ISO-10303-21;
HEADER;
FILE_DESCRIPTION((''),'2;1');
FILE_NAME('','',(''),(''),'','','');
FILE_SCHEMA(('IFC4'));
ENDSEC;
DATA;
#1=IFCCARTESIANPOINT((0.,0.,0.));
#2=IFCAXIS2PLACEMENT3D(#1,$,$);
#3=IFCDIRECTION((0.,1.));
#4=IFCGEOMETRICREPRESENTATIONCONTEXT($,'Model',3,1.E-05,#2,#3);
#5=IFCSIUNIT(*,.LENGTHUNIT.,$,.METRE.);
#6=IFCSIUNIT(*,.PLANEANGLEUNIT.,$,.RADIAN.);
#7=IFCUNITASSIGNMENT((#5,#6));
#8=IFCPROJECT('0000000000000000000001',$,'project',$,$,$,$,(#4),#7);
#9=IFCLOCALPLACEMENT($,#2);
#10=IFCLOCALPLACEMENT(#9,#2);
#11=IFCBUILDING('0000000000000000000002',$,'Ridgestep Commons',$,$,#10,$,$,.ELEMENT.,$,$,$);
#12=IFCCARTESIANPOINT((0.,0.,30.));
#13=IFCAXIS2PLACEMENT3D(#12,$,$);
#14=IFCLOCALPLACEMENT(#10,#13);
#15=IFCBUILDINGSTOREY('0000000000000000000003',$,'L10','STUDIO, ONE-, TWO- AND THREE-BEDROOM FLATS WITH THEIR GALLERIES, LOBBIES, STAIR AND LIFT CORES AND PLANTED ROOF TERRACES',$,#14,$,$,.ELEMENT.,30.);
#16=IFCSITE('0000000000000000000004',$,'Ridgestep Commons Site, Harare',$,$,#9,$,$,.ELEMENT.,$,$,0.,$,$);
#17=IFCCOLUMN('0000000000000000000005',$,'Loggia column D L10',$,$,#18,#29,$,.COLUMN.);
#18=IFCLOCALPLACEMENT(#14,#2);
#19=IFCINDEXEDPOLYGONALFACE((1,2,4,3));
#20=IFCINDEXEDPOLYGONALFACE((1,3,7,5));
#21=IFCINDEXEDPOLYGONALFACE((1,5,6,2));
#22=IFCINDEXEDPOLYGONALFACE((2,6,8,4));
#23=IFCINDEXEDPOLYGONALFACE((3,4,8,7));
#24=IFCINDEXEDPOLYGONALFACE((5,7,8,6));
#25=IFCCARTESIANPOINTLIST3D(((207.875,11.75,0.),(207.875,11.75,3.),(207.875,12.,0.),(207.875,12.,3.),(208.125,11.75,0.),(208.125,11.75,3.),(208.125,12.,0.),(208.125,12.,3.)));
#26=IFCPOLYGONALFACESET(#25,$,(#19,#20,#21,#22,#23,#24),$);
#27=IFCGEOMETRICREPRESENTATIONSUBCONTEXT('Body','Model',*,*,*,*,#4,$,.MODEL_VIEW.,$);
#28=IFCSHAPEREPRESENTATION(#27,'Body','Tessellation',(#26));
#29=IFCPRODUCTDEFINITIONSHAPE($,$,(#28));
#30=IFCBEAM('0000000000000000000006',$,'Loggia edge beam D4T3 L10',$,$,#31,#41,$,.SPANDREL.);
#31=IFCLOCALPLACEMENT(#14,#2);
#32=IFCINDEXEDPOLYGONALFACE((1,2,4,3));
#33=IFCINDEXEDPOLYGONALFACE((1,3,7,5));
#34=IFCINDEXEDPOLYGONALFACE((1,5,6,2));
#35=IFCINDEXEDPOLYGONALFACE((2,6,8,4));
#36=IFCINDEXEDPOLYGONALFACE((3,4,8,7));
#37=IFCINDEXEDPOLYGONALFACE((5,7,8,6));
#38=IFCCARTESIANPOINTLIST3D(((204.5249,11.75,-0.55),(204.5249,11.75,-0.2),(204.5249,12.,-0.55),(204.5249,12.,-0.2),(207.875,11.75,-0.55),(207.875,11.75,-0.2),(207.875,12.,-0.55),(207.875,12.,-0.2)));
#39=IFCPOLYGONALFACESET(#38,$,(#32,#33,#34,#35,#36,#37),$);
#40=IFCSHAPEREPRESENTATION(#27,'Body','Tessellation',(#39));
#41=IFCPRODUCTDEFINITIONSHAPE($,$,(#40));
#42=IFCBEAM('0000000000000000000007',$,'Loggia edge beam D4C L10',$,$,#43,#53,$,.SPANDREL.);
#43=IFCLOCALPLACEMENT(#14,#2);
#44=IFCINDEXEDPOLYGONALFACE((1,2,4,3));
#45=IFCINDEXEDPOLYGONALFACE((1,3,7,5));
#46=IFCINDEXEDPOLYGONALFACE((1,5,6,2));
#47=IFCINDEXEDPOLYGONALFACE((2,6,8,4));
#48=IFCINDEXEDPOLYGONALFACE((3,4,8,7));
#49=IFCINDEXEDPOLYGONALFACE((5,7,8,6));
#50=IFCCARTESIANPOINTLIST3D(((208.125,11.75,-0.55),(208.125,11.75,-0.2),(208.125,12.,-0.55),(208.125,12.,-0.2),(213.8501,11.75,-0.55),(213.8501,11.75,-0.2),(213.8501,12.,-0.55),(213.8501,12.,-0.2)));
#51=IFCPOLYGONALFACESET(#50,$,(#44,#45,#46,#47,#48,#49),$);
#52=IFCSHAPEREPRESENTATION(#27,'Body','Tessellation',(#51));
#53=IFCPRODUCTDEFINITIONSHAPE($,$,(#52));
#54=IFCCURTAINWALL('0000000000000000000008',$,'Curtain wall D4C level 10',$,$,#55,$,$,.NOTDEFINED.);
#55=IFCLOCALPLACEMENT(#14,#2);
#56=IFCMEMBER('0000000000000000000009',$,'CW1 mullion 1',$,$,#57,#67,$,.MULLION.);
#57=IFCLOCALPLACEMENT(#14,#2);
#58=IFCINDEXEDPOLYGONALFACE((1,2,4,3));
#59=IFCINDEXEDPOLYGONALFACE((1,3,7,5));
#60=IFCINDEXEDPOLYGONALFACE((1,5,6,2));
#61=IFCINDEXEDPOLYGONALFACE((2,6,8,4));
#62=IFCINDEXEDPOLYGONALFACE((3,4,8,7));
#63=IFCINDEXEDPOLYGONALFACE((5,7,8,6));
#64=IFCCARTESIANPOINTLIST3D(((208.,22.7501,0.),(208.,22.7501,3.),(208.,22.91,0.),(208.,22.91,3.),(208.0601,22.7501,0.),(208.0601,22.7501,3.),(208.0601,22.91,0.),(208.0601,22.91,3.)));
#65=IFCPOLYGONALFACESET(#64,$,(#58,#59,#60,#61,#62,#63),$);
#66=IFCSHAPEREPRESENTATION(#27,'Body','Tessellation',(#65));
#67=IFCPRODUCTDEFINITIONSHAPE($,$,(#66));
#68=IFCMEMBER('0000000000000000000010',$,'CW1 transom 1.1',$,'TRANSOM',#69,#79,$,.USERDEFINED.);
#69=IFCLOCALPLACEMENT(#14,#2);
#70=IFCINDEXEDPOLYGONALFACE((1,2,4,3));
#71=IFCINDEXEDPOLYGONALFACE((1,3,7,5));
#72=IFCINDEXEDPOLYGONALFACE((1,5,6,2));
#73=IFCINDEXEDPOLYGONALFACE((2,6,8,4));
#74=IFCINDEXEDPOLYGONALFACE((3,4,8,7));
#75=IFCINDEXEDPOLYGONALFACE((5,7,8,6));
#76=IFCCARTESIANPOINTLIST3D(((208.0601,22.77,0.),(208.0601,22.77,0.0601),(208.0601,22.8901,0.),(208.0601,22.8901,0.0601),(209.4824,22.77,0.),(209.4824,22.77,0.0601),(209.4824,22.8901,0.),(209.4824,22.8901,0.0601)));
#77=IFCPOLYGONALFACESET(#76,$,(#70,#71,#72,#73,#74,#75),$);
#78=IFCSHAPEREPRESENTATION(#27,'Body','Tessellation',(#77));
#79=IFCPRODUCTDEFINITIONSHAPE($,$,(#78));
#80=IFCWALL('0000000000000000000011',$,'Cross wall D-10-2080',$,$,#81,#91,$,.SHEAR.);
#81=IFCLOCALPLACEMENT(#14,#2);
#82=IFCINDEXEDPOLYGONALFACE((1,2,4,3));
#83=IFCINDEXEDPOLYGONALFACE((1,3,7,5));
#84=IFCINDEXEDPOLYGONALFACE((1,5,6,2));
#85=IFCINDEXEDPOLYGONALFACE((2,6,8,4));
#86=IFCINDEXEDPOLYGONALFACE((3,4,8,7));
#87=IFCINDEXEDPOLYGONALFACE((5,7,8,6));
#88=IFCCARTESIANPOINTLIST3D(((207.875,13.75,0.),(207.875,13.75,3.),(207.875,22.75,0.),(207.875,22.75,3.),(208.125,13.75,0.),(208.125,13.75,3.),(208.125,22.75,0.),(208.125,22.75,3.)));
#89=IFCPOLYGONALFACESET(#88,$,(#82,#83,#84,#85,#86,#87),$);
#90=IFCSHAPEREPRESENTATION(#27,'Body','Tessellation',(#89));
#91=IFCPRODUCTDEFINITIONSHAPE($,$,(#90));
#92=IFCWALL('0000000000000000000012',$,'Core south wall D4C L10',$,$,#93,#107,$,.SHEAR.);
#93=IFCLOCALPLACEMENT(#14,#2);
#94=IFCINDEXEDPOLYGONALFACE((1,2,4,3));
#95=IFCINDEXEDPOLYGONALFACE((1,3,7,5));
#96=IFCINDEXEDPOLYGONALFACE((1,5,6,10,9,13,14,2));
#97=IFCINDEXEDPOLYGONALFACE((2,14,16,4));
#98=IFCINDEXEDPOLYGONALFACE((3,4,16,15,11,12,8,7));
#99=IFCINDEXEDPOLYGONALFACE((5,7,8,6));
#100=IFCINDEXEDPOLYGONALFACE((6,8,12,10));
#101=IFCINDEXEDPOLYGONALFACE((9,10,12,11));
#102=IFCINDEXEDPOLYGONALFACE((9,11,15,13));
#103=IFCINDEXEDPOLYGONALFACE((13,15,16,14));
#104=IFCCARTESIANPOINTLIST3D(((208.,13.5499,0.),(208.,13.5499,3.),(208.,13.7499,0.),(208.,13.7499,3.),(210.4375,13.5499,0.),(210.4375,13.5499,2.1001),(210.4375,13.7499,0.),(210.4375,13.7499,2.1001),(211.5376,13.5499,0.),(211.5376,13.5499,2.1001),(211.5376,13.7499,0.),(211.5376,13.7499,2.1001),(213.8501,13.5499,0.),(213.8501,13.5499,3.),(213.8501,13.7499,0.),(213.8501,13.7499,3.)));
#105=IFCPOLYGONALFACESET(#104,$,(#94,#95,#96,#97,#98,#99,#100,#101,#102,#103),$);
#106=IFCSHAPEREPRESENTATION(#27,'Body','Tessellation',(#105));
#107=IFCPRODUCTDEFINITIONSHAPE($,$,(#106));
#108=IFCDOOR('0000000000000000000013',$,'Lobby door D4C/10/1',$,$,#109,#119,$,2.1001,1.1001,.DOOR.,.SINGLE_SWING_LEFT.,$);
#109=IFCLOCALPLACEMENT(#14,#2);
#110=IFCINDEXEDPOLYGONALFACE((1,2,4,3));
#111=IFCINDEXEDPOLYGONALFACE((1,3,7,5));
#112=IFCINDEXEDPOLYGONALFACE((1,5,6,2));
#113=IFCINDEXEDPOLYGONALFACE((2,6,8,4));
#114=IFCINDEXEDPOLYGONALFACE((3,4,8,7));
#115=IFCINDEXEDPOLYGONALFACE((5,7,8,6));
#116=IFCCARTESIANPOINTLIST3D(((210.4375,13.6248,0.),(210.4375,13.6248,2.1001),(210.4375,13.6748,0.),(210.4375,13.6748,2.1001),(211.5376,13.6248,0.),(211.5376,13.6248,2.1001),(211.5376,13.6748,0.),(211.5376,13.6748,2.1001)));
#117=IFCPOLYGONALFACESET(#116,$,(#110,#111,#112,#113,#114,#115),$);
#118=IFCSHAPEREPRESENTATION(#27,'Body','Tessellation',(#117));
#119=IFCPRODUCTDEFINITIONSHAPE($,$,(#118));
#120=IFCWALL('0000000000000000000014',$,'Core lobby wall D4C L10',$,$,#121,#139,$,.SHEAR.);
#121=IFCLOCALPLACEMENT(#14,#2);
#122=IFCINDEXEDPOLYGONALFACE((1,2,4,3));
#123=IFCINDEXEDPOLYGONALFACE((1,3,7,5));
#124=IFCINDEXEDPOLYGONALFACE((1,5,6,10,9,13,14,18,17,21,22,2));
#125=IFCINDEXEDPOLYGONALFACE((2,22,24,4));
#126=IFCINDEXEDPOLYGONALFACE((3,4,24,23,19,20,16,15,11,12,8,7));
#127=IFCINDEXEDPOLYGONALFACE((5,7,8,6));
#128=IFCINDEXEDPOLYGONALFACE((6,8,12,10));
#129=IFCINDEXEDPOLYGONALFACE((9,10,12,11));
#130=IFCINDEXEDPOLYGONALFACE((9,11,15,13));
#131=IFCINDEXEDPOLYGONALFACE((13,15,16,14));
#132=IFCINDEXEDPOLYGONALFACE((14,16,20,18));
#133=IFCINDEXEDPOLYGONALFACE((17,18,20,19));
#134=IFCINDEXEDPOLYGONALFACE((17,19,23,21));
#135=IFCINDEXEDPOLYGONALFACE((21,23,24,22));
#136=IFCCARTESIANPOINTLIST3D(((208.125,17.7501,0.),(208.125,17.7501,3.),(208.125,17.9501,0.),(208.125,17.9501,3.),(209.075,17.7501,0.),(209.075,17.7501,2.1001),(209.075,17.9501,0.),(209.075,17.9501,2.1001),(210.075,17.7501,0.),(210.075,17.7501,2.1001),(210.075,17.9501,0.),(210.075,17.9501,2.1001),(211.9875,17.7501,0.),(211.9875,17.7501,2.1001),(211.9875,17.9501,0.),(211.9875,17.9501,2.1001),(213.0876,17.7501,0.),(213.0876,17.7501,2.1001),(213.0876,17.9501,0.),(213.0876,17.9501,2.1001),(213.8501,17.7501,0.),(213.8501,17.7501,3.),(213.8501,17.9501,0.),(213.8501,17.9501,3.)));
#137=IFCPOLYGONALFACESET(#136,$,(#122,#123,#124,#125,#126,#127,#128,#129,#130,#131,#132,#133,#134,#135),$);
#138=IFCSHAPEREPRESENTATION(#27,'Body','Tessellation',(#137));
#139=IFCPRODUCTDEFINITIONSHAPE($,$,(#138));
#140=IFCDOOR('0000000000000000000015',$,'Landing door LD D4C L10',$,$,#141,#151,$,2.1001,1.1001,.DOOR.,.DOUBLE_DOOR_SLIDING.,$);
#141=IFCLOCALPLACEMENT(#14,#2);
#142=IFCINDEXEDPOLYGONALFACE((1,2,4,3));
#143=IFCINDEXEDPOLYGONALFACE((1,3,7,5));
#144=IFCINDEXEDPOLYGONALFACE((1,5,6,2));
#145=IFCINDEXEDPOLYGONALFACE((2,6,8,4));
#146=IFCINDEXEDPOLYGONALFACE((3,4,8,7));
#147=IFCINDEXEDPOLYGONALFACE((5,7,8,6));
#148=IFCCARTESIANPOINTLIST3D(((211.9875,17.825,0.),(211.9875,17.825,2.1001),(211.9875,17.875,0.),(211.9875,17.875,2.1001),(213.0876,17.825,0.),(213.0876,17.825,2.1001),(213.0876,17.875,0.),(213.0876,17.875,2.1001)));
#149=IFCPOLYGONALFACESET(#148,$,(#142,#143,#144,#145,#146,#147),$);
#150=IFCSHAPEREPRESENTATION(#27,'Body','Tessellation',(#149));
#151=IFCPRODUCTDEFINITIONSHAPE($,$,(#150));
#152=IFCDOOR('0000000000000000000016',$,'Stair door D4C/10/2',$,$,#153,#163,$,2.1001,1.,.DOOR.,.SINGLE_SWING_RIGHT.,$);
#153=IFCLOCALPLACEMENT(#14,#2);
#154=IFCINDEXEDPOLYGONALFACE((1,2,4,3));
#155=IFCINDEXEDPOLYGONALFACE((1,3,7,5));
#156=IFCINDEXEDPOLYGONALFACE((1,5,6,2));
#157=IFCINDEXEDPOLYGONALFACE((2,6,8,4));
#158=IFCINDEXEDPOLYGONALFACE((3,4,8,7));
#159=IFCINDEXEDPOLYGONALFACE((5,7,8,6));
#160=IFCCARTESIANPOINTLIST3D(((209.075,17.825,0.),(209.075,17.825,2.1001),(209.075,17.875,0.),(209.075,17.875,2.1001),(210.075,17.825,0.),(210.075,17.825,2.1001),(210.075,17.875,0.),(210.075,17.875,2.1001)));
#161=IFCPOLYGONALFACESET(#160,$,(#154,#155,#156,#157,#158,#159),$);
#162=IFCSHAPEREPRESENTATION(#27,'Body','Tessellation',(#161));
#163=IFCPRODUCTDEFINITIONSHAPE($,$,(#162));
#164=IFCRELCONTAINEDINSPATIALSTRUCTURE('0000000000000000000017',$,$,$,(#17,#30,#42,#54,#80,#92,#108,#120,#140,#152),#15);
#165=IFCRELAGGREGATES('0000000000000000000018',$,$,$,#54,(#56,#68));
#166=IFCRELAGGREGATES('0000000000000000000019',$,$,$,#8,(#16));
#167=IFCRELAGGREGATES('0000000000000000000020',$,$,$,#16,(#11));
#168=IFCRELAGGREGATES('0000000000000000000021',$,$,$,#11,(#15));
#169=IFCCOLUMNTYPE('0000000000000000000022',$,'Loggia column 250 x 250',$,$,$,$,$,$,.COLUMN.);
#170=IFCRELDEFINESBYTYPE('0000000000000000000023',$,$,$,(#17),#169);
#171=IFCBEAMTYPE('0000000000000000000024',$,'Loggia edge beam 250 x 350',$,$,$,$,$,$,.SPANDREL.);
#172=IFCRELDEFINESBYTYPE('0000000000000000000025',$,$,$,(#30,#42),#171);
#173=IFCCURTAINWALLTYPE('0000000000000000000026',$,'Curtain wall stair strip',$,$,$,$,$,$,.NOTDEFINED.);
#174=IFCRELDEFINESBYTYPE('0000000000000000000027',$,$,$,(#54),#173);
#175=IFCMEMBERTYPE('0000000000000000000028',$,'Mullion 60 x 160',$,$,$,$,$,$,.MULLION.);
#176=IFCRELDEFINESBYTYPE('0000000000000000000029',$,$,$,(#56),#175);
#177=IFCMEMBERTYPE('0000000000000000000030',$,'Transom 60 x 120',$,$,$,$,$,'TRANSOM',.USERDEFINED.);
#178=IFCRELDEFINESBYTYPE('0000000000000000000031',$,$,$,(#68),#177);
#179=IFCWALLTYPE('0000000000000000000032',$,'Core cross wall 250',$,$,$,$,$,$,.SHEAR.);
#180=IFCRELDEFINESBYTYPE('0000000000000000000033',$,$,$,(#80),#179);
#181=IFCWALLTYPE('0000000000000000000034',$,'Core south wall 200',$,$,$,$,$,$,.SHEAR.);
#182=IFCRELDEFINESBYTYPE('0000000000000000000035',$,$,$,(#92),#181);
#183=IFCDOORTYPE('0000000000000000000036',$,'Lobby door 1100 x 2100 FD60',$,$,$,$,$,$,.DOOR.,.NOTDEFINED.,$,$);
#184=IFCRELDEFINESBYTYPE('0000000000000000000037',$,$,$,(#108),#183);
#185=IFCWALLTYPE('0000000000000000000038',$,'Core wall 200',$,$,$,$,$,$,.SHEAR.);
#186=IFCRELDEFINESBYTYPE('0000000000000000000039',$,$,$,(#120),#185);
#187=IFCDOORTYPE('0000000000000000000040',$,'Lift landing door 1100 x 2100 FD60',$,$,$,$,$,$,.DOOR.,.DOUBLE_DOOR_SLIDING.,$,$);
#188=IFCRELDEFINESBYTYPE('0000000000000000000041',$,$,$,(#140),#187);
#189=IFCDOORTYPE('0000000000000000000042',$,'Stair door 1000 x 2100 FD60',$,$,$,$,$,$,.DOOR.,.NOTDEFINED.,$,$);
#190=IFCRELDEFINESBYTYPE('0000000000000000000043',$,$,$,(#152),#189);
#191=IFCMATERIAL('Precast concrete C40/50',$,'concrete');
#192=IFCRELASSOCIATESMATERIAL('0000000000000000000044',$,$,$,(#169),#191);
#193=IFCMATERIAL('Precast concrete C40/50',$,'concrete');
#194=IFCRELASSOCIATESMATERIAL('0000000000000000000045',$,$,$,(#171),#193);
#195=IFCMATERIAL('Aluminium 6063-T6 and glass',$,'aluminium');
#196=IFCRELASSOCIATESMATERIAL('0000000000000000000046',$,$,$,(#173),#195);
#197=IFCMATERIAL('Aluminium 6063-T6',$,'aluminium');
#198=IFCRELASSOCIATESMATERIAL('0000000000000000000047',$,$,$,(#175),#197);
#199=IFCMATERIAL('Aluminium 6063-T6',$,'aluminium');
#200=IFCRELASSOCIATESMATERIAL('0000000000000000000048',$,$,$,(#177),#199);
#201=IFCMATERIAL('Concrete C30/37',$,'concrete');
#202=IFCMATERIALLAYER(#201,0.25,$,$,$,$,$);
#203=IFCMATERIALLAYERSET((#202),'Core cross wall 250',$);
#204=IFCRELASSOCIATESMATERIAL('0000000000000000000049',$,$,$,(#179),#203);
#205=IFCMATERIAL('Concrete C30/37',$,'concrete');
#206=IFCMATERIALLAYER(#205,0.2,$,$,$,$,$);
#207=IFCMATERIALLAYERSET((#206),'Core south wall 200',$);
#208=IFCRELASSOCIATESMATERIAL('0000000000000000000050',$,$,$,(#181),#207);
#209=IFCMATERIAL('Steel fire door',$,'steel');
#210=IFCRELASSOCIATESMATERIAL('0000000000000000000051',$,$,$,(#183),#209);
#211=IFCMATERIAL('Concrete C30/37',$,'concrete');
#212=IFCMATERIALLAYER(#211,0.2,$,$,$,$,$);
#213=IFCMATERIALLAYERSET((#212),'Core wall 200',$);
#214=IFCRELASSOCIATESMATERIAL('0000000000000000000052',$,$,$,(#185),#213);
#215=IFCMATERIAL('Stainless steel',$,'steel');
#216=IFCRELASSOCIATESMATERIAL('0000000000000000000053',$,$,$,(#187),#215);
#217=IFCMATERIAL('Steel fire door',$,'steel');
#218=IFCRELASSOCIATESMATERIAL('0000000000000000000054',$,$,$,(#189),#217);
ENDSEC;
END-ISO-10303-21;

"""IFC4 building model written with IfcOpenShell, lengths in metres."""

from ifc_helpers import new_model, si_unit, direction, frame, frame_2d, origin, origin_2d, place, context, subcontext, project, spatial, rectangle, extrude, material, layer, layer_set, material_profile, profile_set, type_object, element, fill, aggregate, save


model = new_model("IFC4")

# Units and contexts
model_context = context("Model", 3, precision=1e-05, world=origin(), true_north=direction((0.0, 1.0)))
body_context = subcontext(model_context, "Body", "Model", "MODEL_VIEW")
ifc_project = project(units=[si_unit("LENGTHUNIT", "METRE"), si_unit("PLANEANGLEUNIT", "RADIAN")], contexts=[model_context])

# Site, building, storey
site_placement = place(None, origin())
site = spatial("IfcSite", under=ifc_project, at=site_placement, Name="Ridgestep Commons Site, Harare", CompositionType="ELEMENT", RefElevation=0.0)
building_placement = place(site_placement, origin())
building = spatial("IfcBuilding", under=site, at=building_placement, Name="Ridgestep Commons", CompositionType="ELEMENT")
storey_placement = place(building_placement, frame((0.0, 0.0, 30.0)))
storey = spatial("IfcBuildingStorey", under=building, at=storey_placement, Name="L10", Description="STUDIO, ONE-, TWO- AND THREE-BEDROOM FLATS WITH THEIR GALLERIES, LOBBIES, STAIR AND LIFT CORES AND PLANTED ROOF TERRACES", CompositionType="ELEMENT", Elevation=30.0)

# Column
ifc_material_1 = material(Name="Precast concrete C40/50", Category="concrete")
ifc_material_profile_1 = material_profile(ifc_material_1, rectangle(XDim=0.25, YDim=0.25, at=origin_2d()), Name="PC 250x250")
ifc_profile_set_1 = profile_set([ifc_material_profile_1], Name="Precast concrete C40/50")
column_type = type_object("IfcColumnType", Name="Loggia column 250 x 250", PredefinedType="COLUMN", material=ifc_profile_set_1)
column_placement = place(storey_placement, frame((208.0, 11.875, 0.0), z_axis=(0.0, 0.0, 1.0), x_axis=(1.0, 0.0, 0.0)))
element("IfcColumn", 1, at=column_placement, inside=storey, type_object=column_type, Name="Loggia column D L10", PredefinedType="COLUMN", context=body_context, shape_type="SweptSolid", body=[
    extrude(rectangle(XDim=0.25, YDim=0.25, at=origin_2d()), origin(), (0.0, 0.0, 1.0), 3.0),
])

# Beams
ifc_material_2 = material(Name="Precast concrete C40/50", Category="concrete")
ifc_material_profile_2 = material_profile(ifc_material_2, rectangle(XDim=0.25, YDim=0.3501, at=origin_2d()), Name="PC 250x350")
ifc_profile_set_2 = profile_set([ifc_material_profile_2], Name="Precast concrete C40/50")
beam_type = type_object("IfcBeamType", Name="Loggia edge beam 250 x 350", PredefinedType="SPANDREL", material=ifc_profile_set_2)
beam_1_placement = place(storey_placement, frame((204.5249, 11.875, -0.375), z_axis=(1.0, 0.0, 0.0), x_axis=(0.0, 1.0, 0.0)))
element("IfcBeam", 2, at=beam_1_placement, inside=storey, type_object=beam_type, Name="Loggia edge beam D4T3 L10", PredefinedType="SPANDREL", context=body_context, shape_type="SweptSolid", body=[
    extrude(rectangle(XDim=0.25, YDim=0.3501, at=origin_2d()), origin(), (0.0, 0.0, 1.0), 3.3501),
])
beam_2_placement = place(storey_placement, frame((208.125, 11.875, -0.375), z_axis=(1.0, 0.0, 0.0), x_axis=(0.0, 1.0, 0.0)))
element("IfcBeam", 3, at=beam_2_placement, inside=storey, type_object=beam_type, Name="Loggia edge beam D4C L10", PredefinedType="SPANDREL", context=body_context, shape_type="SweptSolid", body=[
    extrude(rectangle(XDim=0.25, YDim=0.3501, at=origin_2d()), origin(), (0.0, 0.0, 1.0), 5.7251),
])

# Curtain wall, members
ifc_material_3 = material(Name="Aluminium 6063-T6 and glass", Category="aluminium")
curtain_wall_type = type_object("IfcCurtainWallType", Name="Curtain wall stair strip", PredefinedType="NOTDEFINED", material=ifc_material_3)
curtain_wall_placement = place(storey_placement, origin())
curtain_wall = element("IfcCurtainWall", 4, at=curtain_wall_placement, inside=storey, type_object=curtain_wall_type, Name="Curtain wall D4C level 10", PredefinedType="NOTDEFINED")
ifc_material_4 = material(Name="Aluminium 6063-T6", Category="aluminium")
ifc_material_profile_3 = material_profile(ifc_material_4, rectangle(XDim=0.1599, YDim=0.0601, at=origin_2d()), Name="Mullion 60 x 160")
ifc_profile_set_3 = profile_set([ifc_material_profile_3], Name="Aluminium 6063-T6")
member_type_1 = type_object("IfcMemberType", Name="Mullion 60 x 160", PredefinedType="MULLION", material=ifc_profile_set_3)
member_1_placement = place(storey_placement, frame((208.03, 22.8301, 0.0), z_axis=(0.0, 0.0, 1.0), x_axis=(0.0, 1.0, 0.0)))
member_1 = element("IfcMember", 5, at=member_1_placement, type_object=member_type_1, Name="CW1 mullion 1", PredefinedType="MULLION", context=body_context, shape_type="SweptSolid", body=[
    extrude(rectangle(XDim=0.1599, YDim=0.0601, at=origin_2d()), origin(), (0.0, 0.0, 1.0), 3.0),
])
ifc_material_5 = material(Name="Aluminium 6063-T6", Category="aluminium")
ifc_material_profile_4 = material_profile(ifc_material_5, rectangle(XDim=0.1201, YDim=0.0601, at=origin_2d()), Name="Transom 60 x 120")
ifc_profile_set_4 = profile_set([ifc_material_profile_4], Name="Aluminium 6063-T6")
member_type_2 = type_object("IfcMemberType", Name="Transom 60 x 120", ElementType="TRANSOM", PredefinedType="USERDEFINED", material=ifc_profile_set_4)
member_2_placement = place(storey_placement, frame((208.0601, 22.8301, 0.03), z_axis=(1.0, 0.0, 0.0), x_axis=(0.0, 1.0, 0.0)))
member_2 = element("IfcMember", 6, at=member_2_placement, type_object=member_type_2, Name="CW1 transom 1.1", ObjectType="TRANSOM", PredefinedType="USERDEFINED", context=body_context, shape_type="SweptSolid", body=[
    extrude(rectangle(XDim=0.1201, YDim=0.0601, at=origin_2d()), origin(), (0.0, 0.0, 1.0), 1.4224),
])
aggregate(curtain_wall, [member_1, member_2])

# Wall
ifc_material_6 = material(Name="Concrete C30/37", Category="concrete")
ifc_layer_1 = layer(ifc_material_6, 0.25)
ifc_layer_set_1 = layer_set([ifc_layer_1], Name="Core cross wall 250")
wall_type_1 = type_object("IfcWallType", Name="Core cross wall 250", PredefinedType="SHEAR", material=ifc_layer_set_1)
wall_1_placement = place(storey_placement, frame((208.0, 13.75, 0.0), z_axis=(0.0, 0.0, 1.0), x_axis=(0.0, 1.0, 0.0)))
element("IfcWall", 7, at=wall_1_placement, inside=storey, type_object=wall_type_1, Name="Cross wall D-10-2080", PredefinedType="SHEAR", context=body_context, shape_type="SweptSolid", body=[
    extrude(rectangle(XDim=9.0, YDim=0.25, at=frame_2d((4.5, 0.0))), origin(), (0.0, 0.0, 1.0), 3.0),
])

# Wall, opening, door
ifc_material_7 = material(Name="Concrete C30/37", Category="concrete")
ifc_layer_2 = layer(ifc_material_7, 0.2)
ifc_layer_set_2 = layer_set([ifc_layer_2], Name="Core south wall 200")
wall_type_2 = type_object("IfcWallType", Name="Core south wall 200", PredefinedType="SHEAR", material=ifc_layer_set_2)
wall_2_placement = place(storey_placement, frame((208.0, 13.6499, 0.0), z_axis=(0.0, 0.0, 1.0), x_axis=(1.0, 0.0, 0.0)))
wall_2 = element("IfcWall", 8, at=wall_2_placement, inside=storey, type_object=wall_type_2, Name="Core south wall D4C L10", PredefinedType="SHEAR", context=body_context, shape_type="SweptSolid", body=[
    extrude(rectangle(XDim=5.8501, YDim=0.2, at=frame_2d((2.925, 0.0))), origin(), (0.0, 0.0, 1.0), 3.0),
])
opening_1_placement = place(wall_2_placement, frame((2.4375, 0.0, 0.0)))
opening_1 = element("IfcOpeningElement", 9, at=opening_1_placement, cuts=wall_2, PredefinedType="OPENING", context=body_context, shape_type="SweptSolid", body=[
    extrude(rectangle(XDim=1.1001, YDim=2.1001, at=frame_2d((0.55, 1.05))), frame((0.0, 0.1099, 0.0), z_axis=(0.0, -1.0, 0.0), x_axis=(1.0, 0.0, 0.0)), (0.0, 0.0, 1.0), 0.22),
])
ifc_material_8 = material(Name="Steel fire door", Category="steel")
door_type_1 = type_object("IfcDoorType", Name="Lobby door 1100 x 2100 FD60", OperationType="NOTDEFINED", PredefinedType="DOOR", material=ifc_material_8)
door_1_placement = place(opening_1_placement, origin())
door_1 = element("IfcDoor", 10, at=door_1_placement, inside=storey, type_object=door_type_1, Name="Lobby door D4C/10/1", OperationType="SINGLE_SWING_LEFT", OverallHeight=2.1001, OverallWidth=1.1001, PredefinedType="DOOR", context=body_context, shape_type="SweptSolid", body=[
    extrude(rectangle(XDim=1.1001, YDim=2.1001, at=frame_2d((0.55, 1.05))), frame((0.0, 0.0249, 0.0), z_axis=(0.0, -1.0, 0.0), x_axis=(1.0, 0.0, 0.0)), (0.0, 0.0, 1.0), 0.05),
])
fill(opening_1, door_1)

# Wall, openings, doors
ifc_material_9 = material(Name="Concrete C30/37", Category="concrete")
ifc_layer_3 = layer(ifc_material_9, 0.2)
ifc_layer_set_3 = layer_set([ifc_layer_3], Name="Core wall 200")
wall_type_3 = type_object("IfcWallType", Name="Core wall 200", PredefinedType="SHEAR", material=ifc_layer_set_3)
wall_3_placement = place(storey_placement, frame((208.125, 17.8501, 0.0), z_axis=(0.0, 0.0, 1.0), x_axis=(1.0, 0.0, 0.0)))
wall_3 = element("IfcWall", 11, at=wall_3_placement, inside=storey, type_object=wall_type_3, Name="Core lobby wall D4C L10", PredefinedType="SHEAR", context=body_context, shape_type="SweptSolid", body=[
    extrude(rectangle(XDim=5.7251, YDim=0.2, at=frame_2d((2.8625, 0.0))), origin(), (0.0, 0.0, 1.0), 3.0),
])
opening_2_placement = place(wall_3_placement, frame((0.95, 0.0, 0.0)))
opening_2 = element("IfcOpeningElement", 12, at=opening_2_placement, cuts=wall_3, PredefinedType="OPENING", context=body_context, shape_type="SweptSolid", body=[
    extrude(rectangle(XDim=1.0, YDim=2.1001, at=frame_2d((0.5, 1.05))), frame((0.0, 0.1099, 0.0), z_axis=(0.0, -1.0, 0.0), x_axis=(1.0, 0.0, 0.0)), (0.0, 0.0, 1.0), 0.22),
])
opening_3_placement = place(wall_3_placement, frame((3.8625, 0.0, 0.0)))
opening_3 = element("IfcOpeningElement", 13, at=opening_3_placement, cuts=wall_3, PredefinedType="OPENING", context=body_context, shape_type="SweptSolid", body=[
    extrude(rectangle(XDim=1.1001, YDim=2.1001, at=frame_2d((0.55, 1.05))), frame((0.0, 0.1099, 0.0), z_axis=(0.0, -1.0, 0.0), x_axis=(1.0, 0.0, 0.0)), (0.0, 0.0, 1.0), 0.22),
])
ifc_material_10 = material(Name="Stainless steel", Category="steel")
door_type_2 = type_object("IfcDoorType", Name="Lift landing door 1100 x 2100 FD60", OperationType="DOUBLE_DOOR_SLIDING", PredefinedType="DOOR", material=ifc_material_10)
door_2_placement = place(opening_3_placement, origin())
door_2 = element("IfcDoor", 14, at=door_2_placement, inside=storey, type_object=door_type_2, Name="Landing door LD D4C L10", OperationType="DOUBLE_DOOR_SLIDING", OverallHeight=2.1001, OverallWidth=1.1001, PredefinedType="DOOR", context=body_context, shape_type="SweptSolid", body=[
    extrude(rectangle(XDim=1.1001, YDim=2.1001, at=frame_2d((0.55, 1.05))), frame((0.0, 0.0249, 0.0), z_axis=(0.0, -1.0, 0.0), x_axis=(1.0, 0.0, 0.0)), (0.0, 0.0, 1.0), 0.05),
])
fill(opening_3, door_2)
ifc_material_11 = material(Name="Steel fire door", Category="steel")
door_type_3 = type_object("IfcDoorType", Name="Stair door 1000 x 2100 FD60", OperationType="NOTDEFINED", PredefinedType="DOOR", material=ifc_material_11)
door_3_placement = place(opening_2_placement, origin())
door_3 = element("IfcDoor", 15, at=door_3_placement, inside=storey, type_object=door_type_3, Name="Stair door D4C/10/2", OperationType="SINGLE_SWING_RIGHT", OverallHeight=2.1001, OverallWidth=1.0, PredefinedType="DOOR", context=body_context, shape_type="SweptSolid", body=[
    extrude(rectangle(XDim=1.0, YDim=2.1001, at=frame_2d((0.5, 1.05))), frame((0.0, 0.0249, 0.0), z_axis=(0.0, -1.0, 0.0), x_axis=(1.0, 0.0, 0.0)), (0.0, 0.0, 1.0), 0.05),
])
fill(opening_2, door_3)

save(model, "model.ifc")
